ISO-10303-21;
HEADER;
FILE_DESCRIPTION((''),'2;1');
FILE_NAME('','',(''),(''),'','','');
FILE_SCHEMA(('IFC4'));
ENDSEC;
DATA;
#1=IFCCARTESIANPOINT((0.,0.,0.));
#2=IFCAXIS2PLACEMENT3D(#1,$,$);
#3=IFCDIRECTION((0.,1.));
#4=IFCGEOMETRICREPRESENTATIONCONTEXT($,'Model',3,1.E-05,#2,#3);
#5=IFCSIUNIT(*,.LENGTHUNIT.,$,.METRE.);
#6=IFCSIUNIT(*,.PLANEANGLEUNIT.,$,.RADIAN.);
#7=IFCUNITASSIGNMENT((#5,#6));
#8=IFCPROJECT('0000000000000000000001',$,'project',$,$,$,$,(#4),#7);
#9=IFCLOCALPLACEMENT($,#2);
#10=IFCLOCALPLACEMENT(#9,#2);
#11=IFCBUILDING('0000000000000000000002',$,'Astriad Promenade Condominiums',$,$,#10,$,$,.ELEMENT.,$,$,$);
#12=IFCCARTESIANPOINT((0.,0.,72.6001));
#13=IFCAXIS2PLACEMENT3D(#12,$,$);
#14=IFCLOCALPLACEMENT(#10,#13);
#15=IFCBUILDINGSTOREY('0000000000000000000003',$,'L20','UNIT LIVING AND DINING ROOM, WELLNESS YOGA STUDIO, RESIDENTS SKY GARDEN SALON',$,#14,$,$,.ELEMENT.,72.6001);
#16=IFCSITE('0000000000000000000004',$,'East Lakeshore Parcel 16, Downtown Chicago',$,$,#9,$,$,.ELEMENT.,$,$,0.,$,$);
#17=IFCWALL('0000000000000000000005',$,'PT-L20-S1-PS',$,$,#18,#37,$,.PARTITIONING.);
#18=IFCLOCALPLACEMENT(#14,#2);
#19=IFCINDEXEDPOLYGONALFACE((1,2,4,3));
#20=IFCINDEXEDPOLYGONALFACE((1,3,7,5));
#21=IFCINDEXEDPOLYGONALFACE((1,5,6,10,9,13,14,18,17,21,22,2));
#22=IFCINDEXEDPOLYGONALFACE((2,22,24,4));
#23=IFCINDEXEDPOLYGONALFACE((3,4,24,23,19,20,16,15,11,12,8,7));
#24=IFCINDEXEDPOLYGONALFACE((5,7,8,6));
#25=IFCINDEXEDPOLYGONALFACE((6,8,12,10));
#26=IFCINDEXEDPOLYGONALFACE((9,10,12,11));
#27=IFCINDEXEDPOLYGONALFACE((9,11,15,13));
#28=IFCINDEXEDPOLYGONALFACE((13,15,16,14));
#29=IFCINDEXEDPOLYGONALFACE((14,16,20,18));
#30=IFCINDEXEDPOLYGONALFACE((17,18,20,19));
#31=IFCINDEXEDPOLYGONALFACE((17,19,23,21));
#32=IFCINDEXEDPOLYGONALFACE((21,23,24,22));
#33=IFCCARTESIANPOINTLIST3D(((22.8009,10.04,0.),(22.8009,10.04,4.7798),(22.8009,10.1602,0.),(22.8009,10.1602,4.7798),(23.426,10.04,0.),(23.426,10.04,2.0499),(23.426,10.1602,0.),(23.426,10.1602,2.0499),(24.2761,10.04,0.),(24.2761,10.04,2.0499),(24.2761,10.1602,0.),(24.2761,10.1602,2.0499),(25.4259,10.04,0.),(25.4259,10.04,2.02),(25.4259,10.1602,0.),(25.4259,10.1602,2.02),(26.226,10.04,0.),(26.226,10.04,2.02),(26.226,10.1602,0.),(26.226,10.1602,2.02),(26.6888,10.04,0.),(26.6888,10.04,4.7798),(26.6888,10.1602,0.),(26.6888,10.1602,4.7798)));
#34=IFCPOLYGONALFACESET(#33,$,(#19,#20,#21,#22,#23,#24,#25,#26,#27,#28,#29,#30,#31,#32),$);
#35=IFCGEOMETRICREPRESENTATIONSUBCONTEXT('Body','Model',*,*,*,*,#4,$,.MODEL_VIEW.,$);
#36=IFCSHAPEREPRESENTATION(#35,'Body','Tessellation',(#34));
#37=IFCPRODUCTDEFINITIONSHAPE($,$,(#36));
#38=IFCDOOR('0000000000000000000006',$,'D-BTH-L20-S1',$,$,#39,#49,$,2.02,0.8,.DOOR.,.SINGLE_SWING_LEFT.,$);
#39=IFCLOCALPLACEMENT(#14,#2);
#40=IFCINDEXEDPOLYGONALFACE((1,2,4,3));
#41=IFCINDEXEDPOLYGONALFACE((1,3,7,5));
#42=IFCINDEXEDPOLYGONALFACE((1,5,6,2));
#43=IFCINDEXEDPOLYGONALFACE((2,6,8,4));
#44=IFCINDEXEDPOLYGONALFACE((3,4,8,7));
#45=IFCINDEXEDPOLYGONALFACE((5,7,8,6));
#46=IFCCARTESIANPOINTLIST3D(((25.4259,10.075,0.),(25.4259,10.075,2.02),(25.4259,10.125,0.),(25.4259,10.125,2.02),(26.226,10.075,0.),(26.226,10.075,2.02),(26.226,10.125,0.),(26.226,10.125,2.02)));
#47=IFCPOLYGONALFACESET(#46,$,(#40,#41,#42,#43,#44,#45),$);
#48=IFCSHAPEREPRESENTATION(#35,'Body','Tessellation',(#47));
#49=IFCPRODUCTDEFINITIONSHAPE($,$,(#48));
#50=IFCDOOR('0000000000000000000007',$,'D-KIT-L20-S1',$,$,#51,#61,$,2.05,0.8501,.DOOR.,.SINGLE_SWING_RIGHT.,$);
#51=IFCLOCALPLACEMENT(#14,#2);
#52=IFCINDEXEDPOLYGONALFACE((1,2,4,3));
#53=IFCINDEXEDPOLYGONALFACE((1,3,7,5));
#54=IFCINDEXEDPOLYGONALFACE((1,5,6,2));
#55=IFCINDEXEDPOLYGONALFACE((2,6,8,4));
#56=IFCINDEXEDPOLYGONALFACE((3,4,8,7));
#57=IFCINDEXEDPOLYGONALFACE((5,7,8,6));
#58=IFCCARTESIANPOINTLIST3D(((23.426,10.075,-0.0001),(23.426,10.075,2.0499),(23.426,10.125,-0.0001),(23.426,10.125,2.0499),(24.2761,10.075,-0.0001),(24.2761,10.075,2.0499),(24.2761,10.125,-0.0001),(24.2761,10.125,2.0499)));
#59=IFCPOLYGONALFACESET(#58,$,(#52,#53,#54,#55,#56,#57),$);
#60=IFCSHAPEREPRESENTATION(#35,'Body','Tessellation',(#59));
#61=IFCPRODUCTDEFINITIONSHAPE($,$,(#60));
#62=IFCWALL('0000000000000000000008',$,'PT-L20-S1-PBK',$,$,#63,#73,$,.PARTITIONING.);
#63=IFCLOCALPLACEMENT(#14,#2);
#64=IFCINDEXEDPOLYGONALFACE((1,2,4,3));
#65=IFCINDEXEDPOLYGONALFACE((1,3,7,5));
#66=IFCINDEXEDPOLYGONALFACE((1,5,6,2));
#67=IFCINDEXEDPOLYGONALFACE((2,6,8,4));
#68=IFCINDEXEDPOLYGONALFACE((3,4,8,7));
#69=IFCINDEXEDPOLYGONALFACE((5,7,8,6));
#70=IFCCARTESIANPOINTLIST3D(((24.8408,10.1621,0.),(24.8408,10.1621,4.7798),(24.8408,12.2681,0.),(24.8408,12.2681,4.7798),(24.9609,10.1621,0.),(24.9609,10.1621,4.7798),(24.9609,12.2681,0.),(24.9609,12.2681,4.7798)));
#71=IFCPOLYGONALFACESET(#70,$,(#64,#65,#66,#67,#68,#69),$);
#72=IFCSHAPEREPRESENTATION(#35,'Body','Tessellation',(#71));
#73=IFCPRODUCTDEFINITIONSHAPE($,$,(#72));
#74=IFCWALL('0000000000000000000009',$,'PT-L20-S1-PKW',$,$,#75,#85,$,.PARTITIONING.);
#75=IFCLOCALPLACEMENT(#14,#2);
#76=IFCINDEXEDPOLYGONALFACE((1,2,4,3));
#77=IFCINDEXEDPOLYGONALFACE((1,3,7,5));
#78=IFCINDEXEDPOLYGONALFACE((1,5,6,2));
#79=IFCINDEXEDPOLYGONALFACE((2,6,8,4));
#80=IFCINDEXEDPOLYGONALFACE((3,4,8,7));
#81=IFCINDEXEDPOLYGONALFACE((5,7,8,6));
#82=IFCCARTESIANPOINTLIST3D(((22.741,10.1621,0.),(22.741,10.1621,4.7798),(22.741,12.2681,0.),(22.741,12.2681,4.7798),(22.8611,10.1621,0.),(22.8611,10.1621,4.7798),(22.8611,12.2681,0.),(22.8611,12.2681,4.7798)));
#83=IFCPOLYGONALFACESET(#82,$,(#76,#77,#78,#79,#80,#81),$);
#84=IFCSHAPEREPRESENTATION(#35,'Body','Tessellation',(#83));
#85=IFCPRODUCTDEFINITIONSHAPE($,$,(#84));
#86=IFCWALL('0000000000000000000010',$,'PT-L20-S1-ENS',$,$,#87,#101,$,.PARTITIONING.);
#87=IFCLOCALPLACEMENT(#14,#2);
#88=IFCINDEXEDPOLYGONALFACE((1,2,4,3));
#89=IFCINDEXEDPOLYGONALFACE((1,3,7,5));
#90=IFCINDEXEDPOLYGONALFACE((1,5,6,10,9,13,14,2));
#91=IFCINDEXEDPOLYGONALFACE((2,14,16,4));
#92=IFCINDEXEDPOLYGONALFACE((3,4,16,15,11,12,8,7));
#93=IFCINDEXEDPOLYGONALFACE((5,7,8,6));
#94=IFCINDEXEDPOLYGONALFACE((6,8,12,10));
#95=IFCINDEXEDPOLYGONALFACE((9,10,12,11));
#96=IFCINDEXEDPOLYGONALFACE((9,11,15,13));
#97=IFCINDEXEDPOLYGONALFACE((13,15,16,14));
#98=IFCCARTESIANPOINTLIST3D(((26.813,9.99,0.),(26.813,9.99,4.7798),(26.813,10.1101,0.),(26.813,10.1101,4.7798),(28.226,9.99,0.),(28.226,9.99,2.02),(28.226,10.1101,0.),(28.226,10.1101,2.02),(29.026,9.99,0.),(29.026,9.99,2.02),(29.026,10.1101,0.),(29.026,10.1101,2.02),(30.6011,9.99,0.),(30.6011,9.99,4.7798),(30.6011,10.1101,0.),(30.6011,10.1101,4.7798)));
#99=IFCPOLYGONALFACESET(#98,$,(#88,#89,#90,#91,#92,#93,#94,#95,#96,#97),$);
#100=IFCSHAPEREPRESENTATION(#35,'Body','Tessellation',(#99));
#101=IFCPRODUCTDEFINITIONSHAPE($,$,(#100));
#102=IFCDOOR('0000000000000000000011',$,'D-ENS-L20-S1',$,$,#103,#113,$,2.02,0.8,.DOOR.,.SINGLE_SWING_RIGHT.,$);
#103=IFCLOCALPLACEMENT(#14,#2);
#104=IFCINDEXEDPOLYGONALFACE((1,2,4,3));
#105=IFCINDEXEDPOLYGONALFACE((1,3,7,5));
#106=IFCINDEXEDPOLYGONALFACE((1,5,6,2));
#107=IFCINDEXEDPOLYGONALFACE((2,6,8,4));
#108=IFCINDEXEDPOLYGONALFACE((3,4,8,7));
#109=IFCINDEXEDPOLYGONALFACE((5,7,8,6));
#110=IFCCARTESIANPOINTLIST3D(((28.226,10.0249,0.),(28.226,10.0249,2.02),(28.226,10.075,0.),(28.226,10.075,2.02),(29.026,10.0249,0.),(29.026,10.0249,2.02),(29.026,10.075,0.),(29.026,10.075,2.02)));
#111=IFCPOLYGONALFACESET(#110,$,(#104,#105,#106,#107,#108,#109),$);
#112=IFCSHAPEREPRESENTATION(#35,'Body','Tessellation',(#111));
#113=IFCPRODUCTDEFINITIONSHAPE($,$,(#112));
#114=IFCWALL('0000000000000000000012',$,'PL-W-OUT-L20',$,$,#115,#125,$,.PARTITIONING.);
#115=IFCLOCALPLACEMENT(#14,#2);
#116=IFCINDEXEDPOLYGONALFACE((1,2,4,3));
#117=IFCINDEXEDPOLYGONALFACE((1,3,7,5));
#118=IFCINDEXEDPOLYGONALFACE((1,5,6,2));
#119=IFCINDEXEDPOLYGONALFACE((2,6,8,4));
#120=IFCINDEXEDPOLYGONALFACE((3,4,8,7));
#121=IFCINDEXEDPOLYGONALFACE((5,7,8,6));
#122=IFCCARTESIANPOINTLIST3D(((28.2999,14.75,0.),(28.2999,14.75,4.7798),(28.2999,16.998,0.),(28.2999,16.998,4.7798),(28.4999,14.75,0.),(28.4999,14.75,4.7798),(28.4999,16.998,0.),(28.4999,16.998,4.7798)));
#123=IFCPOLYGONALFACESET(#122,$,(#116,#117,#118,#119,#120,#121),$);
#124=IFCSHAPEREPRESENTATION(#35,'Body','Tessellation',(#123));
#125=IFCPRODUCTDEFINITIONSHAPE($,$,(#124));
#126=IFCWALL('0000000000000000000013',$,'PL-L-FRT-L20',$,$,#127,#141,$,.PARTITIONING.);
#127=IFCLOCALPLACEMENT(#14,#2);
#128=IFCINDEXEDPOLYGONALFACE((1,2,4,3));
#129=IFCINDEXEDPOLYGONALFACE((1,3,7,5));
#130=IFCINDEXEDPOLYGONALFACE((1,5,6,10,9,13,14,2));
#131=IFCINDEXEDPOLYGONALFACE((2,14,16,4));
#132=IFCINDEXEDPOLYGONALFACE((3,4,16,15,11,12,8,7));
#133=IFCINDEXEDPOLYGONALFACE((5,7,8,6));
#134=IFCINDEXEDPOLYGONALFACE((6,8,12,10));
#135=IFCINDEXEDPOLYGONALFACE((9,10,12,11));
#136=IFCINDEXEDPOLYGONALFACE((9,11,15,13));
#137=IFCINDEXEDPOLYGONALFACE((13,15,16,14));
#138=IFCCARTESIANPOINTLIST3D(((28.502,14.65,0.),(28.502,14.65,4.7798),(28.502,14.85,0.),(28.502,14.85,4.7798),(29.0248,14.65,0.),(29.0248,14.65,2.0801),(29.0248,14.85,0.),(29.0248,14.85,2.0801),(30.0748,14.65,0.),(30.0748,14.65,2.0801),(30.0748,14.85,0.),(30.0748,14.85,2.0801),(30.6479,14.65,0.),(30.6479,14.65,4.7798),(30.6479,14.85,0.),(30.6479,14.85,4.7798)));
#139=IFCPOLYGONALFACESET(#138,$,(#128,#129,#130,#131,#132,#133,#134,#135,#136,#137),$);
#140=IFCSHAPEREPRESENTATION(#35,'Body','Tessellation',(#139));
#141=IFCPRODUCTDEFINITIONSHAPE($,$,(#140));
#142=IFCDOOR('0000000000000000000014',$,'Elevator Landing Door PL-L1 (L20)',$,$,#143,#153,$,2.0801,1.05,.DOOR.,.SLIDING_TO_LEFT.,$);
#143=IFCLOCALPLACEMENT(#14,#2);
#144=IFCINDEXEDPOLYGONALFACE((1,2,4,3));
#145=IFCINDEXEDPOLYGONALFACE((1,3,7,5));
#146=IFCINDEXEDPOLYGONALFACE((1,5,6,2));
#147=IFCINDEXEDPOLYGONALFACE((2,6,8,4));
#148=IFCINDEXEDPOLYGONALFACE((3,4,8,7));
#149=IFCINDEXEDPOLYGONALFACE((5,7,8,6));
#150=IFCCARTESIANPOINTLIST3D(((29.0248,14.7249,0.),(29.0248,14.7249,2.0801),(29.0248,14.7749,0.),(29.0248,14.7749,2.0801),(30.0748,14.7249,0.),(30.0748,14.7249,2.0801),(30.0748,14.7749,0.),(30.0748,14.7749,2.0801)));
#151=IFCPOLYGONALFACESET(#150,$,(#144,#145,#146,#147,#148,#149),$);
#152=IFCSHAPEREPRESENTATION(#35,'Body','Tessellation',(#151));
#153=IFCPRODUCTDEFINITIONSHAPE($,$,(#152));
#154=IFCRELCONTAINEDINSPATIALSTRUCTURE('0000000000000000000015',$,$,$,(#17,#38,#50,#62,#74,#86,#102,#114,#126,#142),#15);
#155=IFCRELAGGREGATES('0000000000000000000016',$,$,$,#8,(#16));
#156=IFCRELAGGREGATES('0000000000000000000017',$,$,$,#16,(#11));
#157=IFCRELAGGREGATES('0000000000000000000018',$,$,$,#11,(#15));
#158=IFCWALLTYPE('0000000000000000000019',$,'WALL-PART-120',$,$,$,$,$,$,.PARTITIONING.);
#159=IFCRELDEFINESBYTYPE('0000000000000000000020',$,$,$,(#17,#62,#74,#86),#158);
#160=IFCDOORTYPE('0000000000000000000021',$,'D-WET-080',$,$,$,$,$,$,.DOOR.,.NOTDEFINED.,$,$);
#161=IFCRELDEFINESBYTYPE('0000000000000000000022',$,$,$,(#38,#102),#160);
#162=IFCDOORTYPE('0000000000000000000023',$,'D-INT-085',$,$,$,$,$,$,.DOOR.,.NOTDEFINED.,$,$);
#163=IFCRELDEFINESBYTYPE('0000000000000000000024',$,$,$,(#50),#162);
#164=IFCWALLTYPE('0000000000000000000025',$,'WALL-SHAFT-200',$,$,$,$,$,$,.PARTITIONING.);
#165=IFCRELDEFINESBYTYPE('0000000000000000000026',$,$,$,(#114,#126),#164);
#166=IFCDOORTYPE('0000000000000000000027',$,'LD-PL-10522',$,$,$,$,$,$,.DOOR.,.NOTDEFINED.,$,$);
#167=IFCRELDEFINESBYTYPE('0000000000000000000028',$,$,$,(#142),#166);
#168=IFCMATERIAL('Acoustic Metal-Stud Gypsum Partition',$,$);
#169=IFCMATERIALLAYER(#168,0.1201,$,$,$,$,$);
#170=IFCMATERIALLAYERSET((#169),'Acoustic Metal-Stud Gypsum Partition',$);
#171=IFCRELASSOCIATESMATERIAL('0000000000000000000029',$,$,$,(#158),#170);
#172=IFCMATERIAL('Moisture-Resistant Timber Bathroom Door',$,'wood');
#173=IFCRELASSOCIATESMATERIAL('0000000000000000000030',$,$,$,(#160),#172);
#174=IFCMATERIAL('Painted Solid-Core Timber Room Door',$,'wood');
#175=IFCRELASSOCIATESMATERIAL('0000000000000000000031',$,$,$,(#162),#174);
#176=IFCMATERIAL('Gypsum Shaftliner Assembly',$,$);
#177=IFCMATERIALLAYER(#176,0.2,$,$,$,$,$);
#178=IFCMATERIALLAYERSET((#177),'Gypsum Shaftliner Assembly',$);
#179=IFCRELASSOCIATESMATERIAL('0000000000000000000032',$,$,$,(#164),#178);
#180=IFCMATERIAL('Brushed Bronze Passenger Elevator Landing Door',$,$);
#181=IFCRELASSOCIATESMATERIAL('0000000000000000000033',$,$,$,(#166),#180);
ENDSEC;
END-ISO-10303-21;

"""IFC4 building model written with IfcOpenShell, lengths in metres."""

from ifc_helpers import new_model, si_unit, direction, frame, frame_2d, origin, place, context, subcontext, project, spatial, rectangle, extrude, source, transform, mapped, material, layer, layer_set, type_object, type_shapes, element, fill, save


model = new_model("IFC4")

# Units and contexts
model_context = context("Model", 3, precision=1e-05, world=origin(), true_north=direction((0.0, 1.0)))
body_context = subcontext(model_context, "Body", "Model", "MODEL_VIEW")
ifc_project = project(units=[si_unit("LENGTHUNIT", "METRE"), si_unit("PLANEANGLEUNIT", "RADIAN")], contexts=[model_context])

# Site, building, storey
site_placement = place(None, origin())
site = spatial("IfcSite", under=ifc_project, at=site_placement, Name="East Lakeshore Parcel 16, Downtown Chicago", CompositionType="ELEMENT", RefElevation=0.0)
building_placement = place(site_placement, origin())
building = spatial("IfcBuilding", under=site, at=building_placement, Name="Astriad Promenade Condominiums", CompositionType="ELEMENT")
storey_placement = place(building_placement, frame((0.0, 0.0, 72.6001)))
storey = spatial("IfcBuildingStorey", under=building, at=storey_placement, Name="L20", Description="UNIT LIVING AND DINING ROOM, WELLNESS YOGA STUDIO, RESIDENTS SKY GARDEN SALON", CompositionType="ELEMENT", Elevation=72.6001)

# Shared definitions
ifc_material_1 = material(Name="Acoustic Metal-Stud Gypsum Partition")
ifc_layer_1 = layer(ifc_material_1, 0.1201)
ifc_layer_set_1 = layer_set([ifc_layer_1], Name="Acoustic Metal-Stud Gypsum Partition")
wall_type_1 = type_object("IfcWallType", Name="WALL-PART-120", PredefinedType="PARTITIONING", material=ifc_layer_set_1)

# Wall, openings, doors
wall_1_placement = place(storey_placement, frame((22.801, 10.1001, 0.0), z_axis=(0.0, 0.0, 1.0), x_axis=(1.0, 0.0, 0.0)))
wall_1 = element("IfcWall", 1, at=wall_1_placement, inside=storey, type_object=wall_type_1, Name="PT-L20-S1-PS", PredefinedType="PARTITIONING", context=body_context, shape_type="SweptSolid", body=[
    extrude(rectangle(XDim=3.8879, YDim=0.1201, at=frame_2d((1.9438, 0.0))), origin(), (0.0, 0.0, 1.0), 4.7798),
])
opening_1_placement = place(wall_1_placement, frame((0.625, 0.0, 0.0)))
opening_1 = element("IfcOpeningElement", 2, at=opening_1_placement, cuts=wall_1, PredefinedType="OPENING", context=body_context, shape_type="SweptSolid", body=[
    extrude(rectangle(XDim=0.8501, YDim=2.05, at=frame_2d((0.425, 1.0249))), frame((0.0, 0.0701, 0.0), z_axis=(0.0, -1.0, 0.0), x_axis=(1.0, 0.0, 0.0)), (0.0, 0.0, 1.0), 0.1401),
])
opening_2_placement = place(wall_1_placement, frame((2.625, 0.0, 0.0)))
opening_2 = element("IfcOpeningElement", 3, at=opening_2_placement, cuts=wall_1, PredefinedType="OPENING", context=body_context, shape_type="SweptSolid", body=[
    extrude(rectangle(XDim=0.8, YDim=2.02, at=frame_2d((0.3999, 1.01))), frame((0.0, 0.0701, 0.0), z_axis=(0.0, -1.0, 0.0), x_axis=(1.0, 0.0, 0.0)), (0.0, 0.0, 1.0), 0.1401),
])
ifc_material_2 = material(Name="Moisture-Resistant Timber Bathroom Door", Category="wood")
door_type_1 = type_object("IfcDoorType", Name="D-WET-080", OperationType="NOTDEFINED", PredefinedType="DOOR", material=ifc_material_2)
shared_shape_1 = source(origin(), body_context, "Body", "SweptSolid", [
    extrude(rectangle(XDim=0.8, YDim=2.02, at=frame_2d((0.3999, 1.01))), frame((0.0, 0.0249, 0.0), z_axis=(0.0, -1.0, 0.0), x_axis=(1.0, 0.0, 0.0)), (0.0, 0.0, 1.0), 0.05),
])
type_shapes(door_type_1, [shared_shape_1])
door_1_placement = place(opening_2_placement, origin())
door_1 = element("IfcDoor", 4, at=door_1_placement, inside=storey, type_object=door_type_1, Name="D-BTH-L20-S1", OperationType="SINGLE_SWING_LEFT", OverallHeight=2.02, OverallWidth=0.8, PredefinedType="DOOR", context=body_context, shape_type="MappedRepresentation", body=[
    mapped(shared_shape_1, transform((0.0, 0.0, 0.0), scale=1.0)),
])
fill(opening_2, door_1)
ifc_material_3 = material(Name="Painted Solid-Core Timber Room Door", Category="wood")
door_type_2 = type_object("IfcDoorType", Name="D-INT-085", OperationType="NOTDEFINED", PredefinedType="DOOR", material=ifc_material_3)
shared_shape_2 = source(origin(), body_context, "Body", "SweptSolid", [
    extrude(rectangle(XDim=0.8501, YDim=2.05, at=frame_2d((0.425, 1.0249))), frame((0.0, 0.0249, 0.0), z_axis=(0.0, -1.0, 0.0), x_axis=(1.0, 0.0, 0.0)), (0.0, 0.0, 1.0), 0.05),
])
type_shapes(door_type_2, [shared_shape_2])
door_2_placement = place(opening_1_placement, origin())
door_2 = element("IfcDoor", 5, at=door_2_placement, inside=storey, type_object=door_type_2, Name="D-KIT-L20-S1", OperationType="SINGLE_SWING_RIGHT", OverallHeight=2.05, OverallWidth=0.8501, PredefinedType="DOOR", context=body_context, shape_type="MappedRepresentation", body=[
    mapped(shared_shape_2, transform((0.0, 0.0, 0.0), scale=1.0)),
])
fill(opening_1, door_2)

# Walls
for number, where, z_axis, x_axis, name in (
    (6, (24.9009, 10.1621, 0.0), (0.0, 0.0, 1.0), (0.0, 1.0, 0.0), "PT-L20-S1-PBK"),
    (7, (22.801, 10.1621, 0.0), (0.0, 0.0, 1.0), (0.0, 1.0, 0.0), "PT-L20-S1-PKW"),
):
    element("IfcWall", number, at=place(storey_placement, frame(where, z_axis=z_axis, x_axis=x_axis)), inside=storey, type_object=wall_type_1, Name=name, PredefinedType="PARTITIONING", context=body_context, shape_type="SweptSolid", body=[
        extrude(rectangle(XDim=2.106, YDim=0.1201, at=frame_2d((1.053, 0.0))), origin(), (0.0, 0.0, 1.0), 4.7798),
    ])

# Wall, opening, door
wall_2_placement = place(storey_placement, frame((26.813, 10.05, 0.0), z_axis=(0.0, 0.0, 1.0), x_axis=(1.0, 0.0, 0.0)))
wall_2 = element("IfcWall", 8, at=wall_2_placement, inside=storey, type_object=wall_type_1, Name="PT-L20-S1-ENS", PredefinedType="PARTITIONING", context=body_context, shape_type="SweptSolid", body=[
    extrude(rectangle(XDim=3.7881, YDim=0.1201, at=frame_2d((1.894, 0.0))), origin(), (0.0, 0.0, 1.0), 4.7798),
])
opening_3_placement = place(wall_2_placement, frame((1.4131, 0.0, 0.0)))
opening_3 = element("IfcOpeningElement", 9, at=opening_3_placement, cuts=wall_2, PredefinedType="OPENING", context=body_context, shape_type="SweptSolid", body=[
    extrude(rectangle(XDim=0.8, YDim=2.02, at=frame_2d((0.3999, 1.01))), frame((0.0, 0.0701, 0.0), z_axis=(0.0, -1.0, 0.0), x_axis=(1.0, 0.0, 0.0)), (0.0, 0.0, 1.0), 0.1401),
])
door_3_placement = place(opening_3_placement, origin())
door_3 = element("IfcDoor", 10, at=door_3_placement, inside=storey, type_object=door_type_1, Name="D-ENS-L20-S1", OperationType="SINGLE_SWING_RIGHT", OverallHeight=2.02, OverallWidth=0.8, PredefinedType="DOOR", context=body_context, shape_type="MappedRepresentation", body=[
    mapped(shared_shape_1, transform((0.0, 0.0, 0.0), scale=1.0)),
])
fill(opening_3, door_3)

# Wall
ifc_material_4 = material(Name="Gypsum Shaftliner Assembly")
ifc_layer_2 = layer(ifc_material_4, 0.2)
ifc_layer_set_2 = layer_set([ifc_layer_2], Name="Gypsum Shaftliner Assembly")
wall_type_2 = type_object("IfcWallType", Name="WALL-SHAFT-200", PredefinedType="PARTITIONING", material=ifc_layer_set_2)
wall_3_placement = place(storey_placement, frame((28.3999, 14.75, 0.0), z_axis=(0.0, 0.0, 1.0), x_axis=(0.0, 1.0, 0.0)))
element("IfcWall", 11, at=wall_3_placement, inside=storey, type_object=wall_type_2, Name="PL-W-OUT-L20", PredefinedType="PARTITIONING", context=body_context, shape_type="SweptSolid", body=[
    extrude(rectangle(XDim=2.248, YDim=0.2, at=frame_2d((1.124, 0.0))), origin(), (0.0, 0.0, 1.0), 4.7798),
])

# Wall, opening, door
wall_4_placement = place(storey_placement, frame((28.502, 14.75, 0.0), z_axis=(0.0, 0.0, 1.0), x_axis=(1.0, 0.0, 0.0)))
wall_4 = element("IfcWall", 12, at=wall_4_placement, inside=storey, type_object=wall_type_2, Name="PL-L-FRT-L20", PredefinedType="PARTITIONING", context=body_context, shape_type="SweptSolid", body=[
    extrude(rectangle(XDim=2.146, YDim=0.2, at=frame_2d((1.073, 0.0))), origin(), (0.0, 0.0, 1.0), 4.7798),
])
opening_4_placement = place(wall_4_placement, frame((0.5229, 0.0, 0.0)))
opening_4 = element("IfcOpeningElement", 13, at=opening_4_placement, cuts=wall_4, PredefinedType="OPENING", context=body_context, shape_type="SweptSolid", body=[
    extrude(rectangle(XDim=1.05, YDim=2.0801, at=frame_2d((0.5249, 1.04))), frame((0.0, 0.1099, 0.0), z_axis=(0.0, -1.0, 0.0), x_axis=(1.0, 0.0, 0.0)), (0.0, 0.0, 1.0), 0.22),
])
ifc_material_5 = material(Name="Brushed Bronze Passenger Elevator Landing Door")
door_type_3 = type_object("IfcDoorType", Name="LD-PL-10522", OperationType="NOTDEFINED", PredefinedType="DOOR", material=ifc_material_5)
shared_shape_3 = source(origin(), body_context, "Body", "SweptSolid", [
    extrude(rectangle(XDim=1.05, YDim=2.0801, at=frame_2d((0.5249, 1.04))), frame((0.0, 0.0249, 0.0), z_axis=(0.0, -1.0, 0.0), x_axis=(1.0, 0.0, 0.0)), (0.0, 0.0, 1.0), 0.05),
])
type_shapes(door_type_3, [shared_shape_3])
door_4_placement = place(opening_4_placement, origin())
door_4 = element("IfcDoor", 14, at=door_4_placement, inside=storey, type_object=door_type_3, Name="Elevator Landing Door PL-L1 (L20)", OperationType="SLIDING_TO_LEFT", OverallHeight=2.0801, OverallWidth=1.05, PredefinedType="DOOR", context=body_context, shape_type="MappedRepresentation", body=[
    mapped(shared_shape_3, transform((0.0, 0.0, 0.0), scale=1.0)),
])
fill(opening_4, door_4)

save(model, "model.ifc")
